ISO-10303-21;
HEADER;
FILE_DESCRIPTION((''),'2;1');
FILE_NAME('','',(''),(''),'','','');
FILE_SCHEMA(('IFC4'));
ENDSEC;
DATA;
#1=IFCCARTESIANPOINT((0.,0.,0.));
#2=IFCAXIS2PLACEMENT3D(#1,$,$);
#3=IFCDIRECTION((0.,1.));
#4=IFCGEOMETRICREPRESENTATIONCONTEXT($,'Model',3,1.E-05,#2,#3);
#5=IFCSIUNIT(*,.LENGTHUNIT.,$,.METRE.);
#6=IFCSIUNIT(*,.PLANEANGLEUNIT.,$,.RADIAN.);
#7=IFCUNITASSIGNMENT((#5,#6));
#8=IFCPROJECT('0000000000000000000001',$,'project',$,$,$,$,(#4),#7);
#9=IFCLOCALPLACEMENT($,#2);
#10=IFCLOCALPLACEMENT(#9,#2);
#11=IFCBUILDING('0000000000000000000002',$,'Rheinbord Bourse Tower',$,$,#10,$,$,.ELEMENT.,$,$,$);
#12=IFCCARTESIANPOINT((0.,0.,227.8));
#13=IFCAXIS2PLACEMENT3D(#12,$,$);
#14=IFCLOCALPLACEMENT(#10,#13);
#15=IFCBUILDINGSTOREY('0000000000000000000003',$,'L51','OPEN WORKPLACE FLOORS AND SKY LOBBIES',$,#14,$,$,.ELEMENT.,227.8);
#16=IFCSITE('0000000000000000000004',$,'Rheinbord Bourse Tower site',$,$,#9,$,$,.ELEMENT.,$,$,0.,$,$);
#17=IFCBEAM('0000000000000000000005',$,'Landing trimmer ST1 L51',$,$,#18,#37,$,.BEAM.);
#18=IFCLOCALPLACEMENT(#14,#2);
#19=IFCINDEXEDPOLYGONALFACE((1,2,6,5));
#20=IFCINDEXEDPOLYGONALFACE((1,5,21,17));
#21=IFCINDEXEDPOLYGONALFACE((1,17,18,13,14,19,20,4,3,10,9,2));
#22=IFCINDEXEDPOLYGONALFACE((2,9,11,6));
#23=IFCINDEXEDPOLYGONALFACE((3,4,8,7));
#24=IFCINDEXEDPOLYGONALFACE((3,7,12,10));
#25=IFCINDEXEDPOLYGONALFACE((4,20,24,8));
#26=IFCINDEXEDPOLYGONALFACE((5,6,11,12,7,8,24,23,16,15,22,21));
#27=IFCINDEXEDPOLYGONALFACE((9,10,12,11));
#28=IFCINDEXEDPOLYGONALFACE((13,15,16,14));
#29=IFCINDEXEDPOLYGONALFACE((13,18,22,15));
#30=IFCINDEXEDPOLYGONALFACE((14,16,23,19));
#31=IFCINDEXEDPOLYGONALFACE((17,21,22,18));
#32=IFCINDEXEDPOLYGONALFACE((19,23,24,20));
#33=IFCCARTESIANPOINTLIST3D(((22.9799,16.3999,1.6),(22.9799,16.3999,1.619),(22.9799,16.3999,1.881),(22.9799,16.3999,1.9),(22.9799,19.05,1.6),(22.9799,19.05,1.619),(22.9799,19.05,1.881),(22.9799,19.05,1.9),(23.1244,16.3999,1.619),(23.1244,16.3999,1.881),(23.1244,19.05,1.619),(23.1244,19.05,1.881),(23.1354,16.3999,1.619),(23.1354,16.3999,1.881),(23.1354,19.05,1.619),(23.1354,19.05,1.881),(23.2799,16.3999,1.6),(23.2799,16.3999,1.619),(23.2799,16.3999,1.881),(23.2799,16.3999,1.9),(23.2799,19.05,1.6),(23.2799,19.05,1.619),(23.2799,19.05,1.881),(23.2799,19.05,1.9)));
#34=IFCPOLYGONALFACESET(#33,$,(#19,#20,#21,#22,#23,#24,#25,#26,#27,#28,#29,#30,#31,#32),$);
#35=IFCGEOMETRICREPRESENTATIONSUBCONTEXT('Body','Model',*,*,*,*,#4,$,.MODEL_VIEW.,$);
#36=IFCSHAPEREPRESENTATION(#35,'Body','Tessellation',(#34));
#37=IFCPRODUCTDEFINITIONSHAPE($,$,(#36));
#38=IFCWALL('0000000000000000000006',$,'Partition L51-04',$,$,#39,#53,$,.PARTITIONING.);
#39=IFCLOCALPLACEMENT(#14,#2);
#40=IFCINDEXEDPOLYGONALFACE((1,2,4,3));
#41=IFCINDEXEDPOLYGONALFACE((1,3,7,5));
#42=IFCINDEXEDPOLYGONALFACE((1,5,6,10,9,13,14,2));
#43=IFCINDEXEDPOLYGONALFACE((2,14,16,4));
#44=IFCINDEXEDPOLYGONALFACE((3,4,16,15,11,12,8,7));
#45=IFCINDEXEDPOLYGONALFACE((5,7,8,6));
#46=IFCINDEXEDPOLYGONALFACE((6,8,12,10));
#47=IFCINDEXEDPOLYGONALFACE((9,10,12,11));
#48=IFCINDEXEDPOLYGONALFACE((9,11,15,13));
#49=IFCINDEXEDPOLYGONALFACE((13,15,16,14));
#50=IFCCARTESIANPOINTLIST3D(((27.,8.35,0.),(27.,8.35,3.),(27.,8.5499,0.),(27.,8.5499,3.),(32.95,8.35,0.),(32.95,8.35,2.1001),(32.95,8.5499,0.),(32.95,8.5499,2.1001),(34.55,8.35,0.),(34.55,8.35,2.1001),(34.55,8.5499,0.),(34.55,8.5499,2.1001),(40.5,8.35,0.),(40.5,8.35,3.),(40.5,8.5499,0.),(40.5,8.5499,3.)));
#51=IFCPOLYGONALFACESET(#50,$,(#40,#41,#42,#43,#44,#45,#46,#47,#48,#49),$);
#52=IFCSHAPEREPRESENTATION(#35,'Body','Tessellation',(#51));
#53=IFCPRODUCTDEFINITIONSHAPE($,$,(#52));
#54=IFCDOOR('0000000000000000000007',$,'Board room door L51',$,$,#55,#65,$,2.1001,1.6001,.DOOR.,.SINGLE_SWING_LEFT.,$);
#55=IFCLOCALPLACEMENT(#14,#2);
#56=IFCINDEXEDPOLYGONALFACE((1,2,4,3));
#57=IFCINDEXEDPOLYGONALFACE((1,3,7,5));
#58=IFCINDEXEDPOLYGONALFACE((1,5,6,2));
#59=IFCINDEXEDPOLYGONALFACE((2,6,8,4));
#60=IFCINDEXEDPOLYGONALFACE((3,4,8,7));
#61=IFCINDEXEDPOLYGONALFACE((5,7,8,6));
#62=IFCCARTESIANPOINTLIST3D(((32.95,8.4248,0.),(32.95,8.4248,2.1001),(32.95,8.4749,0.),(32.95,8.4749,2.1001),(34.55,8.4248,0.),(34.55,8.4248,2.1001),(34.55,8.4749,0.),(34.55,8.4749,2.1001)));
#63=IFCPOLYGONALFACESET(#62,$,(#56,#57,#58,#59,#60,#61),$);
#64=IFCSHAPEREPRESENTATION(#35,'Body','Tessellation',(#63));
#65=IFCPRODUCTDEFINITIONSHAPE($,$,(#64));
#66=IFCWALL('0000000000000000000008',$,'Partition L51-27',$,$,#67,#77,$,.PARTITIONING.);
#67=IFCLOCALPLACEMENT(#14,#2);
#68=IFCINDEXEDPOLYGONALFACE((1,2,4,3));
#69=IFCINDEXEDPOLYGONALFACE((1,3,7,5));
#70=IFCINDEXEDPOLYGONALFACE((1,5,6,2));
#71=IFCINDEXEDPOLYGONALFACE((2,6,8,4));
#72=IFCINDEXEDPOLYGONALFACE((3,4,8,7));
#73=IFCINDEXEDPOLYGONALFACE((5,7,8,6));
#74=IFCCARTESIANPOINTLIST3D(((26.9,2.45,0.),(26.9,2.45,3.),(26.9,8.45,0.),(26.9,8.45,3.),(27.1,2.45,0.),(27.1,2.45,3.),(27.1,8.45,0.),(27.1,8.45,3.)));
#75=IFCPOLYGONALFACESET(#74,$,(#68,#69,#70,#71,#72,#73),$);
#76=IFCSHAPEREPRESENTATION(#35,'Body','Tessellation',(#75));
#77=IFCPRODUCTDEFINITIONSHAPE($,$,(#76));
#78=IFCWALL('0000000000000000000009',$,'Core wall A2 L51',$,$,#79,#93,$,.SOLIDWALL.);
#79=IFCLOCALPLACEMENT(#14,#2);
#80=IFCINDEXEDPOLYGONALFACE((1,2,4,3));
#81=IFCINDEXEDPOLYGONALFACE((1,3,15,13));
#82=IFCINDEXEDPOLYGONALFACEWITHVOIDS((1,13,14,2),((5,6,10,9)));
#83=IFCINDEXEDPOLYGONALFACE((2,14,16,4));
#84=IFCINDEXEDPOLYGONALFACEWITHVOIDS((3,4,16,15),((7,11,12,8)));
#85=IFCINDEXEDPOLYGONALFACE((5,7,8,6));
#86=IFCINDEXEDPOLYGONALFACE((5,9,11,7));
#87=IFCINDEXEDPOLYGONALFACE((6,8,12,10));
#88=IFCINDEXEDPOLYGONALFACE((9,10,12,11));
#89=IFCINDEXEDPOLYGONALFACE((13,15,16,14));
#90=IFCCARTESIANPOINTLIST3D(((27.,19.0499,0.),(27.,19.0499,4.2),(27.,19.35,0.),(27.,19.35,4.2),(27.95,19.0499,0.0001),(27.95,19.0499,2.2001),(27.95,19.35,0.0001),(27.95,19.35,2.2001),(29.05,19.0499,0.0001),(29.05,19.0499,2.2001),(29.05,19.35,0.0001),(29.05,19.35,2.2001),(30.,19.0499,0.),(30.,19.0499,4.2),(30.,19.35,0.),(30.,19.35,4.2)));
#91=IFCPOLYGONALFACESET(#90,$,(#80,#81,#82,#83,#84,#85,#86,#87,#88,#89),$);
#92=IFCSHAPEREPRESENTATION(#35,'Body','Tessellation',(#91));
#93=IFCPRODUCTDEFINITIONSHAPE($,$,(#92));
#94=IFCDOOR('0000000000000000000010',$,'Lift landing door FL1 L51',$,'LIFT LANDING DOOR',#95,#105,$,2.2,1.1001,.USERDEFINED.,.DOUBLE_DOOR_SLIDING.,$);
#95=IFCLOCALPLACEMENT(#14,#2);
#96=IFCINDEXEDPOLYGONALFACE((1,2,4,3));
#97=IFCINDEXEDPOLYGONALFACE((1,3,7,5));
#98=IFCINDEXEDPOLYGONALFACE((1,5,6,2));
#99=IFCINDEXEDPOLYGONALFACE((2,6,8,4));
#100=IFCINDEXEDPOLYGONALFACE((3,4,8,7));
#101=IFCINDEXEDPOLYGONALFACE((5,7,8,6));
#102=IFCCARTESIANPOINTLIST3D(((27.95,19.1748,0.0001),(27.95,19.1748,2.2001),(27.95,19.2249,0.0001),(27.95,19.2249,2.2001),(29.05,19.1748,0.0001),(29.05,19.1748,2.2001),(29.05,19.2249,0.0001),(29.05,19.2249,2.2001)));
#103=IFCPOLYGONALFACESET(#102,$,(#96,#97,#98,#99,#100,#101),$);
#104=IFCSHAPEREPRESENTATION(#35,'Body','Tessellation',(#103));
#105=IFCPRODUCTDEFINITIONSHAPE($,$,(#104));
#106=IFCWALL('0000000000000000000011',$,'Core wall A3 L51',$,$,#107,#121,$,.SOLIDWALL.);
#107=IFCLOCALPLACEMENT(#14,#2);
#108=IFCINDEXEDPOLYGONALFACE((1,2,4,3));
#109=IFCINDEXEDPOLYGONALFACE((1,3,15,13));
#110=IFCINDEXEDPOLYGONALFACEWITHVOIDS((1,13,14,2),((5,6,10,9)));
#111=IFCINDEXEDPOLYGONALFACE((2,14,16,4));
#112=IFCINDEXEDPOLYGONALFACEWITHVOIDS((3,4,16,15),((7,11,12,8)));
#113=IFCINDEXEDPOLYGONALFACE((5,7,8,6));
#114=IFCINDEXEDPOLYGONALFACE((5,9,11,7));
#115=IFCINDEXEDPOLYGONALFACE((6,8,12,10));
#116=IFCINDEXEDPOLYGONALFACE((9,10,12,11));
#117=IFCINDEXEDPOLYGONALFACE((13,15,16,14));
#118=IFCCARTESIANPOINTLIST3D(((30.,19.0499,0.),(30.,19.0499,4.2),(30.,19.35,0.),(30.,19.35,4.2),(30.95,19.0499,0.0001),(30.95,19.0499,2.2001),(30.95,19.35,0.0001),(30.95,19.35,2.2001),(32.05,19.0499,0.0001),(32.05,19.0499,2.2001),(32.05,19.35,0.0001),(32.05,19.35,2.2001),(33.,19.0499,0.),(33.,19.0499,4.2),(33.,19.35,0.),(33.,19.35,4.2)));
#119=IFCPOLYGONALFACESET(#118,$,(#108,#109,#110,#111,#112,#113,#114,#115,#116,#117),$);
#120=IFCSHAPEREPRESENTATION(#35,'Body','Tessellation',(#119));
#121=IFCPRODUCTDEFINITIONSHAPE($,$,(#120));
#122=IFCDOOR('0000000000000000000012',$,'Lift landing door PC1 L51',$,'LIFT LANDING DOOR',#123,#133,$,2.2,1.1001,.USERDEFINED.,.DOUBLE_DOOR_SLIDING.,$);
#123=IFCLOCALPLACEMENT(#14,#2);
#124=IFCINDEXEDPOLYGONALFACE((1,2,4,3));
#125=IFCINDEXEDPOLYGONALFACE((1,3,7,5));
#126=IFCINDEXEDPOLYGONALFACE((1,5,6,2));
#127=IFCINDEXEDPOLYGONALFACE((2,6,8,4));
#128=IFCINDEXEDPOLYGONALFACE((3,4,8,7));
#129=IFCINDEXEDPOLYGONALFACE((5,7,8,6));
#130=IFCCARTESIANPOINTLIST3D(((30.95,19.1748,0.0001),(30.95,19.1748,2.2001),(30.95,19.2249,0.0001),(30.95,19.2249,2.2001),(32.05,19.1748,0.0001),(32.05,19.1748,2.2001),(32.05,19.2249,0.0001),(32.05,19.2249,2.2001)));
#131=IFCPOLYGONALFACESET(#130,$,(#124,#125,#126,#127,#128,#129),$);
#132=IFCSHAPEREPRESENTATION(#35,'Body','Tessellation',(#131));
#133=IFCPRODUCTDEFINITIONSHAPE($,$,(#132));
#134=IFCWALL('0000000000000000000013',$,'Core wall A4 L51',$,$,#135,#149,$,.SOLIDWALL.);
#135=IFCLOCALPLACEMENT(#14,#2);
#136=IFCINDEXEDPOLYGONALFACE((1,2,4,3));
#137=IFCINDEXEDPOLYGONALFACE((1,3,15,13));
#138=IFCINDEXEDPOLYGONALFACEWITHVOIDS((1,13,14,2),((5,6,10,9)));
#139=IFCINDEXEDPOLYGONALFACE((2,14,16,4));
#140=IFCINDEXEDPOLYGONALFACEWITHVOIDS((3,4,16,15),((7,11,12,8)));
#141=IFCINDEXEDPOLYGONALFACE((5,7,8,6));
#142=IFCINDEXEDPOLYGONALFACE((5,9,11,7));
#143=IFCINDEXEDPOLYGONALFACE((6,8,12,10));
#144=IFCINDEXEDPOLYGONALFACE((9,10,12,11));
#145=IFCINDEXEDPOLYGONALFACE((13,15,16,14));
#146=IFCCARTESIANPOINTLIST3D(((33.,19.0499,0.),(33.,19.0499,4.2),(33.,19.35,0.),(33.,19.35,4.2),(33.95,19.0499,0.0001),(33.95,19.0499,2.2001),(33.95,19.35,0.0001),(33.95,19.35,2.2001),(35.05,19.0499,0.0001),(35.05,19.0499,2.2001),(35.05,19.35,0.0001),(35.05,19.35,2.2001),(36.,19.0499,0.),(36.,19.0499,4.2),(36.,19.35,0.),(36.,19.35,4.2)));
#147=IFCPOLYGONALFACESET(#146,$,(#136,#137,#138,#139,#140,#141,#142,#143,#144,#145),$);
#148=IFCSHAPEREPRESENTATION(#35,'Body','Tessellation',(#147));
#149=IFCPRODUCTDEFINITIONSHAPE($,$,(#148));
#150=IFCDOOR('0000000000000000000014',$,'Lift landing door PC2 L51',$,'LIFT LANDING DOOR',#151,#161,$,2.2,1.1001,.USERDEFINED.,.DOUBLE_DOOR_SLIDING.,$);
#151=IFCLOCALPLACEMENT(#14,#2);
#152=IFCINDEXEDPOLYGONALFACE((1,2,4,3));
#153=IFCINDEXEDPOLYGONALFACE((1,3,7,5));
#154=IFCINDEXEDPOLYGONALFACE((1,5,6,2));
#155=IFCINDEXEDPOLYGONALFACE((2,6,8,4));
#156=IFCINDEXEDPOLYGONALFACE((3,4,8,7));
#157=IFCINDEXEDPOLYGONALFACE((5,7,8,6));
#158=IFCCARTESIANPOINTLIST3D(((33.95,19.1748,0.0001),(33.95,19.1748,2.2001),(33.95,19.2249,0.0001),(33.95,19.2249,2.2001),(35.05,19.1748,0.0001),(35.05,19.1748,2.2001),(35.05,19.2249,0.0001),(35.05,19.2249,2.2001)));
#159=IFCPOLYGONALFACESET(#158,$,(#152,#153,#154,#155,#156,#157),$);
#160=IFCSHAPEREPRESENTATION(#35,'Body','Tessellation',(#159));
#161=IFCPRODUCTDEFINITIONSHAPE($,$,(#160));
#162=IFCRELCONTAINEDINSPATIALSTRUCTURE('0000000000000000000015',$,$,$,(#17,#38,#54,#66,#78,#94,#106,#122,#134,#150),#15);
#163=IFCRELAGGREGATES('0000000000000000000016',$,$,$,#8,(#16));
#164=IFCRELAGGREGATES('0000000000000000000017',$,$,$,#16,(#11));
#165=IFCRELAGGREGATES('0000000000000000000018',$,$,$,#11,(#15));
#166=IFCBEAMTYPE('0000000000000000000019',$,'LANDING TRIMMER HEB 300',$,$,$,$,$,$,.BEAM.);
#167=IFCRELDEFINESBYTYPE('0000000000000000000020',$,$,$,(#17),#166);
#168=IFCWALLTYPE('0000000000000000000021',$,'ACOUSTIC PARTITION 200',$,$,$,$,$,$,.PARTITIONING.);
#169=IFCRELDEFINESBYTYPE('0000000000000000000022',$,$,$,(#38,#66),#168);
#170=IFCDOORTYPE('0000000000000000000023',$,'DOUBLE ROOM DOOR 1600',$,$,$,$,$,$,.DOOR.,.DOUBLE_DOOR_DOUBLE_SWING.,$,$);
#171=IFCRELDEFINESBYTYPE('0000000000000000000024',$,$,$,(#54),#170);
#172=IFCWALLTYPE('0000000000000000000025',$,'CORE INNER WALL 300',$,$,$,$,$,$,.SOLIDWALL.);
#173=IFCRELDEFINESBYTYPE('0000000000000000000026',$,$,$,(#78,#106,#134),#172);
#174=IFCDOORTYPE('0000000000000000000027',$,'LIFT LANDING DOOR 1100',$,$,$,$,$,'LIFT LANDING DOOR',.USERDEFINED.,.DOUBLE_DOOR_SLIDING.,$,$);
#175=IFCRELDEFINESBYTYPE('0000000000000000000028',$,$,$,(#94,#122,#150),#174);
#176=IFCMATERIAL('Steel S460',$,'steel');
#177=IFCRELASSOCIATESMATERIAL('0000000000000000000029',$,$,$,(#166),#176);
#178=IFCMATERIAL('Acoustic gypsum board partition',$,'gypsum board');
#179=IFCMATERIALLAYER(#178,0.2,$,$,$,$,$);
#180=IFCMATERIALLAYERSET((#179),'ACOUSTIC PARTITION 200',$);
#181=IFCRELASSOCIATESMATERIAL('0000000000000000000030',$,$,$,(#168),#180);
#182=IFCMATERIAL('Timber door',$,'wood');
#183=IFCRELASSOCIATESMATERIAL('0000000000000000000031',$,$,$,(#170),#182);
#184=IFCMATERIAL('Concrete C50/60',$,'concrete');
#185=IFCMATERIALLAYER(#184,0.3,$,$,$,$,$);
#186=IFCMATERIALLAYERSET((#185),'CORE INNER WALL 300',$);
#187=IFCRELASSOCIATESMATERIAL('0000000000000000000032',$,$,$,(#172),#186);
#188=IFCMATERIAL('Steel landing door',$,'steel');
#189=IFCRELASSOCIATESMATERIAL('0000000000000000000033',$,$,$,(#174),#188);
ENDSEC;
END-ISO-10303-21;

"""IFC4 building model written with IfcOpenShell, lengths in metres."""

from ifc_helpers import new_model, si_unit, direction, frame, frame_2d, origin, origin_2d, place, context, subcontext, project, spatial, rectangle, i_section, extrude, material, layer, layer_set, material_profile, profile_set, type_object, element, fill, save


model = new_model("IFC4")

# Units and contexts
model_context = context("Model", 3, precision=1e-05, world=origin(), true_north=direction((0.0, 1.0)))
body_context = subcontext(model_context, "Body", "Model", "MODEL_VIEW")
ifc_project = project(units=[si_unit("LENGTHUNIT", "METRE"), si_unit("PLANEANGLEUNIT", "RADIAN")], contexts=[model_context])

# Site, building, storey
site_placement = place(None, origin())
site = spatial("IfcSite", under=ifc_project, at=site_placement, Name="Rheinbord Bourse Tower site", CompositionType="ELEMENT", RefElevation=0.0)
building_placement = place(site_placement, origin())
building = spatial("IfcBuilding", under=site, at=building_placement, Name="Rheinbord Bourse Tower", CompositionType="ELEMENT")
storey_placement = place(building_placement, frame((0.0, 0.0, 227.8)))
storey = spatial("IfcBuildingStorey", under=building, at=storey_placement, Name="L51", Description="OPEN WORKPLACE FLOORS AND SKY LOBBIES", CompositionType="ELEMENT", Elevation=227.8)

# Beam
ifc_material_1 = material(Name="Steel S460", Category="steel")
ifc_material_profile = material_profile(ifc_material_1, i_section(OverallWidth=0.3, OverallDepth=0.3, WebThickness=0.011, FlangeThickness=0.019, at=origin_2d()), Name="HEB 300")
ifc_profile_set = profile_set([ifc_material_profile], Name="Steel S460")
beam_type = type_object("IfcBeamType", Name="LANDING TRIMMER HEB 300", PredefinedType="BEAM", material=ifc_profile_set)
beam_placement = place(storey_placement, frame((23.1299, 16.3999, 1.75), z_axis=(0.0, 1.0, 0.0), x_axis=(-1.0, 0.0, 0.0)))
element("IfcBeam", 1, at=beam_placement, inside=storey, type_object=beam_type, Name="Landing trimmer ST1 L51", PredefinedType="BEAM", context=body_context, shape_type="SweptSolid", body=[
    extrude(i_section(OverallWidth=0.3, OverallDepth=0.3, WebThickness=0.011, FlangeThickness=0.019, at=origin_2d()), origin(), (0.0, 0.0, 1.0), 2.6501),
])

# Wall, opening, door
ifc_material_2 = material(Name="Acoustic gypsum board partition", Category="gypsum board")
ifc_layer_1 = layer(ifc_material_2, 0.2)
ifc_layer_set_1 = layer_set([ifc_layer_1], Name="ACOUSTIC PARTITION 200")
wall_type_1 = type_object("IfcWallType", Name="ACOUSTIC PARTITION 200", PredefinedType="PARTITIONING", material=ifc_layer_set_1)
wall_1_placement = place(storey_placement, frame((27.0, 8.45, 0.0), z_axis=(0.0, 0.0, 1.0), x_axis=(1.0, 0.0, 0.0)))
wall_1 = element("IfcWall", 2, at=wall_1_placement, inside=storey, type_object=wall_type_1, Name="Partition L51-04", PredefinedType="PARTITIONING", context=body_context, shape_type="SweptSolid", body=[
    extrude(rectangle(XDim=13.5, YDim=0.2, at=frame_2d((6.75, 0.0))), origin(), (0.0, 0.0, 1.0), 3.0),
])
opening_1_placement = place(wall_1_placement, frame((5.95, 0.0, 0.0)))
opening_1 = element("IfcOpeningElement", 3, at=opening_1_placement, cuts=wall_1, PredefinedType="OPENING", context=body_context, shape_type="SweptSolid", body=[
    extrude(rectangle(XDim=1.6001, YDim=2.1001, at=frame_2d((0.8, 1.05))), frame((0.0, 0.1099, 0.0), z_axis=(0.0, -1.0, 0.0), x_axis=(1.0, 0.0, 0.0)), (0.0, 0.0, 1.0), 0.22),
])
ifc_material_3 = material(Name="Timber door", Category="wood")
door_type_1 = type_object("IfcDoorType", Name="DOUBLE ROOM DOOR 1600", OperationType="DOUBLE_DOOR_DOUBLE_SWING", PredefinedType="DOOR", material=ifc_material_3)
door_1_placement = place(opening_1_placement, origin())
door_1 = element("IfcDoor", 4, at=door_1_placement, inside=storey, type_object=door_type_1, Name="Board room door L51", OperationType="SINGLE_SWING_LEFT", OverallHeight=2.1001, OverallWidth=1.6001, PredefinedType="DOOR", context=body_context, shape_type="SweptSolid", body=[
    extrude(rectangle(XDim=1.6001, YDim=2.1001, at=frame_2d((0.8, 1.05))), frame((0.0, 0.0249, 0.0), z_axis=(0.0, -1.0, 0.0), x_axis=(1.0, 0.0, 0.0)), (0.0, 0.0, 1.0), 0.05),
])
fill(opening_1, door_1)

# Wall
wall_2_placement = place(storey_placement, frame((27.0, 2.45, 0.0), z_axis=(0.0, 0.0, 1.0), x_axis=(0.0, 1.0, 0.0)))
element("IfcWall", 5, at=wall_2_placement, inside=storey, type_object=wall_type_1, Name="Partition L51-27", PredefinedType="PARTITIONING", context=body_context, shape_type="SweptSolid", body=[
    extrude(rectangle(XDim=6.0, YDim=0.2, at=frame_2d((3.0, 0.0))), origin(), (0.0, 0.0, 1.0), 3.0),
])

# Walls, openings, doors
ifc_material_4 = material(Name="Concrete C50/60", Category="concrete")
ifc_layer_2 = layer(ifc_material_4, 0.3)
ifc_layer_set_2 = layer_set([ifc_layer_2], Name="CORE INNER WALL 300")
wall_type_2 = type_object("IfcWallType", Name="CORE INNER WALL 300", PredefinedType="SOLIDWALL", material=ifc_layer_set_2)
wall_3_placement = place(storey_placement, frame((27.0, 19.2, 0.0), z_axis=(0.0, 0.0, 1.0), x_axis=(1.0, 0.0, 0.0)))
wall_3 = element("IfcWall", 6, at=wall_3_placement, inside=storey, type_object=wall_type_2, Name="Core wall A2 L51", PredefinedType="SOLIDWALL", context=body_context, shape_type="SweptSolid", body=[
    extrude(rectangle(XDim=3.0, YDim=0.3, at=frame_2d((1.5, 0.0))), origin(), (0.0, 0.0, 1.0), 4.2),
])
opening_2_placement = place(wall_3_placement, frame((0.95, 0.0, 0.0)))
opening_2 = element("IfcOpeningElement", 7, at=opening_2_placement, cuts=wall_3, PredefinedType="OPENING", context=body_context, shape_type="SweptSolid", body=[
    extrude(rectangle(XDim=1.1001, YDim=2.2, at=frame_2d((0.55, 1.1001))), frame((0.0, 0.1599, 0.0), z_axis=(0.0, -1.0, 0.0), x_axis=(1.0, 0.0, 0.0)), (0.0, 0.0, 1.0), 0.3201),
])
ifc_material_5 = material(Name="Steel landing door", Category="steel")
door_type_2 = type_object("IfcDoorType", Name="LIFT LANDING DOOR 1100", ElementType="LIFT LANDING DOOR", OperationType="DOUBLE_DOOR_SLIDING", PredefinedType="USERDEFINED", material=ifc_material_5)
door_2_placement = place(opening_2_placement, origin())
door_2 = element("IfcDoor", 8, at=door_2_placement, inside=storey, type_object=door_type_2, Name="Lift landing door FL1 L51", ObjectType="LIFT LANDING DOOR", OperationType="DOUBLE_DOOR_SLIDING", OverallHeight=2.2, OverallWidth=1.1001, PredefinedType="USERDEFINED", context=body_context, shape_type="SweptSolid", body=[
    extrude(rectangle(XDim=1.1001, YDim=2.2, at=frame_2d((0.55, 1.1001))), frame((0.0, 0.0249, 0.0), z_axis=(0.0, -1.0, 0.0), x_axis=(1.0, 0.0, 0.0)), (0.0, 0.0, 1.0), 0.05),
])
fill(opening_2, door_2)
wall_4_placement = place(storey_placement, frame((30.0, 19.2, 0.0), z_axis=(0.0, 0.0, 1.0), x_axis=(1.0, 0.0, 0.0)))
wall_4 = element("IfcWall", 9, at=wall_4_placement, inside=storey, type_object=wall_type_2, Name="Core wall A3 L51", PredefinedType="SOLIDWALL", context=body_context, shape_type="SweptSolid", body=[
    extrude(rectangle(XDim=3.0, YDim=0.3, at=frame_2d((1.5, 0.0))), origin(), (0.0, 0.0, 1.0), 4.2),
])
opening_3_placement = place(wall_4_placement, frame((0.95, 0.0, 0.0)))
opening_3 = element("IfcOpeningElement", 10, at=opening_3_placement, cuts=wall_4, PredefinedType="OPENING", context=body_context, shape_type="SweptSolid", body=[
    extrude(rectangle(XDim=1.1001, YDim=2.2, at=frame_2d((0.55, 1.1001))), frame((0.0, 0.1599, 0.0), z_axis=(0.0, -1.0, 0.0), x_axis=(1.0, 0.0, 0.0)), (0.0, 0.0, 1.0), 0.3201),
])
door_3_placement = place(opening_3_placement, origin())
door_3 = element("IfcDoor", 11, at=door_3_placement, inside=storey, type_object=door_type_2, Name="Lift landing door PC1 L51", ObjectType="LIFT LANDING DOOR", OperationType="DOUBLE_DOOR_SLIDING", OverallHeight=2.2, OverallWidth=1.1001, PredefinedType="USERDEFINED", context=body_context, shape_type="SweptSolid", body=[
    extrude(rectangle(XDim=1.1001, YDim=2.2, at=frame_2d((0.55, 1.1001))), frame((0.0, 0.0249, 0.0), z_axis=(0.0, -1.0, 0.0), x_axis=(1.0, 0.0, 0.0)), (0.0, 0.0, 1.0), 0.05),
])
fill(opening_3, door_3)
wall_5_placement = place(storey_placement, frame((33.0, 19.2, 0.0), z_axis=(0.0, 0.0, 1.0), x_axis=(1.0, 0.0, 0.0)))
wall_5 = element("IfcWall", 12, at=wall_5_placement, inside=storey, type_object=wall_type_2, Name="Core wall A4 L51", PredefinedType="SOLIDWALL", context=body_context, shape_type="SweptSolid", body=[
    extrude(rectangle(XDim=3.0, YDim=0.3, at=frame_2d((1.5, 0.0))), origin(), (0.0, 0.0, 1.0), 4.2),
])
opening_4_placement = place(wall_5_placement, frame((0.95, 0.0, 0.0)))
opening_4 = element("IfcOpeningElement", 13, at=opening_4_placement, cuts=wall_5, PredefinedType="OPENING", context=body_context, shape_type="SweptSolid", body=[
    extrude(rectangle(XDim=1.1001, YDim=2.2, at=frame_2d((0.55, 1.1001))), frame((0.0, 0.1599, 0.0), z_axis=(0.0, -1.0, 0.0), x_axis=(1.0, 0.0, 0.0)), (0.0, 0.0, 1.0), 0.3201),
])
door_4_placement = place(opening_4_placement, origin())
door_4 = element("IfcDoor", 14, at=door_4_placement, inside=storey, type_object=door_type_2, Name="Lift landing door PC2 L51", ObjectType="LIFT LANDING DOOR", OperationType="DOUBLE_DOOR_SLIDING", OverallHeight=2.2, OverallWidth=1.1001, PredefinedType="USERDEFINED", context=body_context, shape_type="SweptSolid", body=[
    extrude(rectangle(XDim=1.1001, YDim=2.2, at=frame_2d((0.55, 1.1001))), frame((0.0, 0.0249, 0.0), z_axis=(0.0, -1.0, 0.0), x_axis=(1.0, 0.0, 0.0)), (0.0, 0.0, 1.0), 0.05),
])
fill(opening_4, door_4)

save(model, "model.ifc")
